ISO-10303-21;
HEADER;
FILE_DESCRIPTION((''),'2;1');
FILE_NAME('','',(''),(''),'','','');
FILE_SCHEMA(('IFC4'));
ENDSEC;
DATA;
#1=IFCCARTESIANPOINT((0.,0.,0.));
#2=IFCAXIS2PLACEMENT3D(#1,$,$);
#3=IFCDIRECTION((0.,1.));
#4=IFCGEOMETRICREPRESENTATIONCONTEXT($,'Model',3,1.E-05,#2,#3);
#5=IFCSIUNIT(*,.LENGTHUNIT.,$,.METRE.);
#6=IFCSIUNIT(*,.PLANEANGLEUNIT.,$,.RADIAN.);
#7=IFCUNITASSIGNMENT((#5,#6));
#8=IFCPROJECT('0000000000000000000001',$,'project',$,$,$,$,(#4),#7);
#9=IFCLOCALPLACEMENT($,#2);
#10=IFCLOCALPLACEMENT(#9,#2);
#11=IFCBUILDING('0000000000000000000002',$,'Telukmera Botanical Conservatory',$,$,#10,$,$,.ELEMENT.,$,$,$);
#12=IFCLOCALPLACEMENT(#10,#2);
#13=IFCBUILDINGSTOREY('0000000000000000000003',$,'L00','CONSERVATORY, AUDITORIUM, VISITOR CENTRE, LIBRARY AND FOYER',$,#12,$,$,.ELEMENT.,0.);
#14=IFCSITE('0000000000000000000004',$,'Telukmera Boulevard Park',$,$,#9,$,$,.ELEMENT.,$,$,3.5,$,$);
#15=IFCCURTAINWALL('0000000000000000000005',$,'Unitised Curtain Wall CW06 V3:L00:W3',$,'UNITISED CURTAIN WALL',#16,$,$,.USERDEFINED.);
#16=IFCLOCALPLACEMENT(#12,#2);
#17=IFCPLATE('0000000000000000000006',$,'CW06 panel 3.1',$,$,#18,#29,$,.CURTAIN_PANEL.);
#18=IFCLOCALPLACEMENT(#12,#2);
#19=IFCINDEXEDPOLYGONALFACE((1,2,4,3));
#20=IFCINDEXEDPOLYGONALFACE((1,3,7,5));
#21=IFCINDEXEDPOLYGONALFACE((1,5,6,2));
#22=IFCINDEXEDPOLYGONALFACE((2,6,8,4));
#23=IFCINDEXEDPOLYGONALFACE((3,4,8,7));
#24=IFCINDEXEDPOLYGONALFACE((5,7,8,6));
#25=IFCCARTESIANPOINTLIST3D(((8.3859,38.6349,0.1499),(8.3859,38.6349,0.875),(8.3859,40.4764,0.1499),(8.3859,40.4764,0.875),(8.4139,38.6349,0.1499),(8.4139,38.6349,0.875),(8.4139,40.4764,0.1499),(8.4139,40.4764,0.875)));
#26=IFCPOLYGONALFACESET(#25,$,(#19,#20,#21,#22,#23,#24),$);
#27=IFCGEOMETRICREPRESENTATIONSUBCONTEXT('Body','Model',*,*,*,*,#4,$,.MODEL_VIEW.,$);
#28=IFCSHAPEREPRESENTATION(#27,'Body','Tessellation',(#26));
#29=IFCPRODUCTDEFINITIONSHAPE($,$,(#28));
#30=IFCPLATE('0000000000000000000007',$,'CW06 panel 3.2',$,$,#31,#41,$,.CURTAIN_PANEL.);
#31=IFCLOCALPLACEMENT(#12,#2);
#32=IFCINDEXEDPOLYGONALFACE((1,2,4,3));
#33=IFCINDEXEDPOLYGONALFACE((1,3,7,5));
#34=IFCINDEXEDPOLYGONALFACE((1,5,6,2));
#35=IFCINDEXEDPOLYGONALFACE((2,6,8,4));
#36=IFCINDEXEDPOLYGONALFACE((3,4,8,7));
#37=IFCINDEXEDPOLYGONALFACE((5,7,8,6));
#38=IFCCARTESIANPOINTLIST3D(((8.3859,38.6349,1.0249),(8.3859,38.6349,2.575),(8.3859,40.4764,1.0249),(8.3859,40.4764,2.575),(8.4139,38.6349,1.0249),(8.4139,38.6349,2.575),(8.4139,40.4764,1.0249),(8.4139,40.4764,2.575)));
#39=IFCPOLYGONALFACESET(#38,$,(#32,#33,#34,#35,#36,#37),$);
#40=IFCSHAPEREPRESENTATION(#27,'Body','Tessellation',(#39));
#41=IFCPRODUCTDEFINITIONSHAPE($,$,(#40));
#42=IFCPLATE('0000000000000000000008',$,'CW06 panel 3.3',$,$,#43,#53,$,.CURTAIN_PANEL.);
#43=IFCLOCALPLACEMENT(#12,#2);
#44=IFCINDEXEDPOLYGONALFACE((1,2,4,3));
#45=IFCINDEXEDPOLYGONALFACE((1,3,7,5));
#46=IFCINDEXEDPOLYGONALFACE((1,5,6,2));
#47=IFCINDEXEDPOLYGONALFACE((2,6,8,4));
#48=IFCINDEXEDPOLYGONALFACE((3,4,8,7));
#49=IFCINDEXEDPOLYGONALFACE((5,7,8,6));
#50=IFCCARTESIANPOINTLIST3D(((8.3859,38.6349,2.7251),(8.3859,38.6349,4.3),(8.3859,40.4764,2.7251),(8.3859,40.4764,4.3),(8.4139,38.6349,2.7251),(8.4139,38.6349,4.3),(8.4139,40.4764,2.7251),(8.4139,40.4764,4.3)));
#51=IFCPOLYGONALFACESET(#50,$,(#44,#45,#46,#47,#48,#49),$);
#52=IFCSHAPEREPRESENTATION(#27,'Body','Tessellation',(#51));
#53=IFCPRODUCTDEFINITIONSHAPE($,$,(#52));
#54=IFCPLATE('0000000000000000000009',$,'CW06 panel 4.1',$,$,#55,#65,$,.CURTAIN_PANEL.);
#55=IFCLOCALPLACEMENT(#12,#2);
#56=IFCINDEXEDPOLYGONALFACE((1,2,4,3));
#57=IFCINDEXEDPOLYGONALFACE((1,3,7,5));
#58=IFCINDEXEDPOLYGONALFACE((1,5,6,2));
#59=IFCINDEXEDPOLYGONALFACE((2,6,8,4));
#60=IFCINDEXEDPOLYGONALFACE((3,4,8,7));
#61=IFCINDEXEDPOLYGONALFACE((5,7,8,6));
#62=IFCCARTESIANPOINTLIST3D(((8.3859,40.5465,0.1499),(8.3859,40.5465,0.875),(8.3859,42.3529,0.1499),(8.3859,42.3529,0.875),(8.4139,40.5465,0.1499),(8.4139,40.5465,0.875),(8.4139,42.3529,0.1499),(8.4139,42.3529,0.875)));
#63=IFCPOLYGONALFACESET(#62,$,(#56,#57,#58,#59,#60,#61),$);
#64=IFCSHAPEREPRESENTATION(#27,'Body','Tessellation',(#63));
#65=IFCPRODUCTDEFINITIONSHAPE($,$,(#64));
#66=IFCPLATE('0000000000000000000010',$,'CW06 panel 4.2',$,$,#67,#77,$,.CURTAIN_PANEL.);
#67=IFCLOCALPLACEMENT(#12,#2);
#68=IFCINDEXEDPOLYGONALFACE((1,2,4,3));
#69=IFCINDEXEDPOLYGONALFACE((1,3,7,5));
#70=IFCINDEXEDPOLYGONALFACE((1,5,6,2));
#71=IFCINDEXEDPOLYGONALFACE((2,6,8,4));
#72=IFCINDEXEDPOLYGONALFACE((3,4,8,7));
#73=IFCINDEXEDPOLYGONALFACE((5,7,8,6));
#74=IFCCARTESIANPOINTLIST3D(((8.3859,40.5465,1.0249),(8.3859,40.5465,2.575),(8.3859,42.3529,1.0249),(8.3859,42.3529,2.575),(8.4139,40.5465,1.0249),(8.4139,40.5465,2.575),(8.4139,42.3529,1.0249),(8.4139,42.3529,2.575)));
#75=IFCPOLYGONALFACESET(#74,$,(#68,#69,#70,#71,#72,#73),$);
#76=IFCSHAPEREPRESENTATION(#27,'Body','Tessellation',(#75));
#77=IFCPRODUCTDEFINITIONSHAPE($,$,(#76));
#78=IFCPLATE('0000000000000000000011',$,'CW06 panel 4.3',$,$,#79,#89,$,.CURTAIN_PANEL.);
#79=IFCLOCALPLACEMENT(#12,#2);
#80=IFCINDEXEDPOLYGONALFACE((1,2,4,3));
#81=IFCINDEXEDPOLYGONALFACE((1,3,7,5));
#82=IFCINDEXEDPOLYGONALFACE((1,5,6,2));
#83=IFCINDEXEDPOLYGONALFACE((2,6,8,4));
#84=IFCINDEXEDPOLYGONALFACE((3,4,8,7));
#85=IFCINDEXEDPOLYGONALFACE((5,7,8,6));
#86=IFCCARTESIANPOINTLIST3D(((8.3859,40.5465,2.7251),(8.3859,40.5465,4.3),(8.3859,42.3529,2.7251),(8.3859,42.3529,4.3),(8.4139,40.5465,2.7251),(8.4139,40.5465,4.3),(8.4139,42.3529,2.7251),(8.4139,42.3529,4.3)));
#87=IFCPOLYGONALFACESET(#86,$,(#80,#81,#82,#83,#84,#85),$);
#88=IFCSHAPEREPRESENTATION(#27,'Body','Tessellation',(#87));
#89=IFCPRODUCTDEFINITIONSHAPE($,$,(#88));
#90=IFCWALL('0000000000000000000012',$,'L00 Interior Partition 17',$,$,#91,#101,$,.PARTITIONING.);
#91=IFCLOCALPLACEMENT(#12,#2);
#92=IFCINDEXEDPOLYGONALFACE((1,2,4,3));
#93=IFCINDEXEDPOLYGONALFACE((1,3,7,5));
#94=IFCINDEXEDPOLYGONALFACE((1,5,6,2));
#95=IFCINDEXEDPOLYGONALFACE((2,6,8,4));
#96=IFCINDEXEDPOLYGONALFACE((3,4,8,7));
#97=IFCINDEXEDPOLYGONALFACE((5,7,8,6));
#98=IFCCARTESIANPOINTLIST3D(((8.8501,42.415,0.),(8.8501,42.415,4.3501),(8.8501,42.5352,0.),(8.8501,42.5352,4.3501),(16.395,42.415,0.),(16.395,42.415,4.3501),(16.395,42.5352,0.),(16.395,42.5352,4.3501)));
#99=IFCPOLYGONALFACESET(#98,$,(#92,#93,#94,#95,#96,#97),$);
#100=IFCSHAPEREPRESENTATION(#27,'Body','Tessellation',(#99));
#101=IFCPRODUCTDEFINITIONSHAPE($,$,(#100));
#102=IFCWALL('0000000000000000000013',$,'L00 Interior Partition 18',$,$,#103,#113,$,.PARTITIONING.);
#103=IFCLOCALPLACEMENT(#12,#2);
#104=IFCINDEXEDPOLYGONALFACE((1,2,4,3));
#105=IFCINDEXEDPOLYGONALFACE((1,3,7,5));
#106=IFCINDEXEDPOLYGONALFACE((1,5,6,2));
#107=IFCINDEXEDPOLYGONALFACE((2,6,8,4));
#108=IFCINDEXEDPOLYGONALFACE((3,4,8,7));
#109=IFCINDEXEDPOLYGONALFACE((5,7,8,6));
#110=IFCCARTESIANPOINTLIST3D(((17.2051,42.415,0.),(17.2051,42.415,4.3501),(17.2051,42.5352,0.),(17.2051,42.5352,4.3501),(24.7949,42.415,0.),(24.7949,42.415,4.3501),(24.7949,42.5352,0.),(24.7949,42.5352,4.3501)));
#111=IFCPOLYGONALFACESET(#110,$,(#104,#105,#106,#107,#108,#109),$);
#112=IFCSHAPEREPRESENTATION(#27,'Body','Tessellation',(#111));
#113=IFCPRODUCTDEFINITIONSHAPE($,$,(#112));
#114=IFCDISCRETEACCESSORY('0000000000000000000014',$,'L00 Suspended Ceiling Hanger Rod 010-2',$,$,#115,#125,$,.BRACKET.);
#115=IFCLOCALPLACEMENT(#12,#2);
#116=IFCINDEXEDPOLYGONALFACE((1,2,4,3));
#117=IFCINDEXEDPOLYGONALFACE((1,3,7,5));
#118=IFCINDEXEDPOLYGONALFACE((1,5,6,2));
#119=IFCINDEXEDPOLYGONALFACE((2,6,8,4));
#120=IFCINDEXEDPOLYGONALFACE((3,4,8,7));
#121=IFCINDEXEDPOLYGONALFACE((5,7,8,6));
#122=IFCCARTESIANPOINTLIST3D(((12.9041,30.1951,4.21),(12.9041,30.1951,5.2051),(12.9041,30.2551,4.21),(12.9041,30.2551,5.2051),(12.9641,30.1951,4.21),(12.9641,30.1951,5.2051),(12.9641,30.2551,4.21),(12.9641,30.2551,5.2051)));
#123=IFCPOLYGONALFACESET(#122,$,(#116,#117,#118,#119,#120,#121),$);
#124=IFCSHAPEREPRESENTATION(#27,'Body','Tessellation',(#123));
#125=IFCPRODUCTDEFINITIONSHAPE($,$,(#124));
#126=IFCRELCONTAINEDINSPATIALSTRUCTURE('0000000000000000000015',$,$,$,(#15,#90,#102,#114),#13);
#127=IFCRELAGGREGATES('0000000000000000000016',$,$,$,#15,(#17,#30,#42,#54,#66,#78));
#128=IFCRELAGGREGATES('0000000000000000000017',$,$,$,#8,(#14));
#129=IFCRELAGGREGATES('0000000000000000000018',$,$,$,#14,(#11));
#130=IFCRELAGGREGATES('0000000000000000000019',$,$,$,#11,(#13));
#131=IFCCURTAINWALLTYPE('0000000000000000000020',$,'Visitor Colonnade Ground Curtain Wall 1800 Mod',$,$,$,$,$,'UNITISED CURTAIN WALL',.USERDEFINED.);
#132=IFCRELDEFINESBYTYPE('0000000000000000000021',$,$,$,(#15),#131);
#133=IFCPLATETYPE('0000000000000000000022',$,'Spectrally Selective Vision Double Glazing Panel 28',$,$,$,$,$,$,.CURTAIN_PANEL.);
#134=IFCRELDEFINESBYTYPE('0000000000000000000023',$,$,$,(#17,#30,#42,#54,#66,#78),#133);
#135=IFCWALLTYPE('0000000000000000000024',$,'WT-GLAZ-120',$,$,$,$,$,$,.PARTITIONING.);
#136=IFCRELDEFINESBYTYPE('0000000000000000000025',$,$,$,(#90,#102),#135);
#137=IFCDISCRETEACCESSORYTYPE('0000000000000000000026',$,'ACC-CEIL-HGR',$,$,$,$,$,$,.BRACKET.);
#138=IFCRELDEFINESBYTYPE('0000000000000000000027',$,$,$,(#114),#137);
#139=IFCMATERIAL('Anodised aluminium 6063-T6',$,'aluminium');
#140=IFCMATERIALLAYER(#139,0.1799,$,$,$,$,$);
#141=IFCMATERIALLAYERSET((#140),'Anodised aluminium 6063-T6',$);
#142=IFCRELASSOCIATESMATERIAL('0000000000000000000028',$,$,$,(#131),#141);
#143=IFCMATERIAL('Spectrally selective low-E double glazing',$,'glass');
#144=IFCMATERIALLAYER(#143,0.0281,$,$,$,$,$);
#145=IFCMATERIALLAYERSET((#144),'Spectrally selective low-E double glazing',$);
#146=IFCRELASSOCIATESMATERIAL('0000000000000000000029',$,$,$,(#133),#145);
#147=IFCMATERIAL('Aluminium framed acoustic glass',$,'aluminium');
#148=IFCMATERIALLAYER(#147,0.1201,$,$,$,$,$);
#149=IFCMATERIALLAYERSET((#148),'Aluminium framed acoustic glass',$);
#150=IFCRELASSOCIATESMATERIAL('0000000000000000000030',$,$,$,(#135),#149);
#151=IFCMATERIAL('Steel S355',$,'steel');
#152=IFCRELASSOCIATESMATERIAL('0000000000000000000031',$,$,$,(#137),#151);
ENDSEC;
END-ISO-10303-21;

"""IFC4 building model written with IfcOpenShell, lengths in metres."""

from ifc_helpers import new_model, si_unit, direction, frame, frame_2d, origin, origin_2d, place, context, subcontext, project, spatial, rectangle, extrude, material, layer, layer_set, type_object, element, aggregate, save


model = new_model("IFC4")

# Units and contexts
model_context = context("Model", 3, precision=1e-05, world=origin(), true_north=direction((0.0, 1.0)))
body_context = subcontext(model_context, "Body", "Model", "MODEL_VIEW")
ifc_project = project(units=[si_unit("LENGTHUNIT", "METRE"), si_unit("PLANEANGLEUNIT", "RADIAN")], contexts=[model_context])

# Site, building, storey
site_placement = place(None, origin())
site = spatial("IfcSite", under=ifc_project, at=site_placement, Name="Telukmera Boulevard Park", CompositionType="ELEMENT", RefElevation=3.5)
building_placement = place(site_placement, origin())
building = spatial("IfcBuilding", under=site, at=building_placement, Name="Telukmera Botanical Conservatory", CompositionType="ELEMENT")
storey_placement = place(building_placement, origin())
storey = spatial("IfcBuildingStorey", under=building, at=storey_placement, Name="L00", Description="CONSERVATORY, AUDITORIUM, VISITOR CENTRE, LIBRARY AND FOYER", CompositionType="ELEMENT", Elevation=0.0)

# Shared definitions
ifc_material_1 = material(Name="Anodised aluminium 6063-T6", Category="aluminium")

# Curtain wall
ifc_layer_1 = layer(ifc_material_1, 0.1799)
ifc_layer_set_1 = layer_set([ifc_layer_1], Name="Anodised aluminium 6063-T6")
curtain_wall_type_1 = type_object("IfcCurtainWallType", Name="Visitor Colonnade Ground Curtain Wall 1800 Mod", ElementType="UNITISED CURTAIN WALL", PredefinedType="USERDEFINED", material=ifc_layer_set_1)
curtain_wall_1_placement = place(storey_placement, origin())
curtain_wall_1 = element("IfcCurtainWall", 1, at=curtain_wall_1_placement, inside=storey, type_object=curtain_wall_type_1, Name="Unitised Curtain Wall CW06 V3:L00:W3", ObjectType="UNITISED CURTAIN WALL", PredefinedType="USERDEFINED")

# Plates
ifc_material_2 = material(Name="Spectrally selective low-E double glazing", Category="glass")
ifc_layer_2 = layer(ifc_material_2, 0.0281)
ifc_layer_set_2 = layer_set([ifc_layer_2], Name="Spectrally selective low-E double glazing")
plate_type = type_object("IfcPlateType", Name="Spectrally Selective Vision Double Glazing Panel 28", PredefinedType="CURTAIN_PANEL", material=ifc_layer_set_2)
plate_1_placement = place(storey_placement, frame((8.3999, 39.5557, 0.1499), z_axis=(0.0, 0.0, 1.0), x_axis=(0.0, 1.0, 0.0)))
plate_1 = element("IfcPlate", 2, at=plate_1_placement, type_object=plate_type, Name="CW06 panel 3.1", PredefinedType="CURTAIN_PANEL", context=body_context, shape_type="SweptSolid", body=[
    extrude(rectangle(XDim=1.8416, YDim=0.0281, at=origin_2d()), origin(), (0.0, 0.0, 1.0), 0.7251),
])
plate_2_placement = place(storey_placement, frame((8.3999, 39.5557, 1.0249), z_axis=(0.0, 0.0, 1.0), x_axis=(0.0, 1.0, 0.0)))
plate_2 = element("IfcPlate", 3, at=plate_2_placement, type_object=plate_type, Name="CW06 panel 3.2", PredefinedType="CURTAIN_PANEL", context=body_context, shape_type="SweptSolid", body=[
    extrude(rectangle(XDim=1.8416, YDim=0.0281, at=origin_2d()), origin(), (0.0, 0.0, 1.0), 1.55),
])
plate_3_placement = place(storey_placement, frame((8.3999, 39.5557, 2.7251), z_axis=(0.0, 0.0, 1.0), x_axis=(0.0, 1.0, 0.0)))
plate_3 = element("IfcPlate", 4, at=plate_3_placement, type_object=plate_type, Name="CW06 panel 3.3", PredefinedType="CURTAIN_PANEL", context=body_context, shape_type="SweptSolid", body=[
    extrude(rectangle(XDim=1.8416, YDim=0.0281, at=origin_2d()), origin(), (0.0, 0.0, 1.0), 1.575),
])
plate_4_placement = place(storey_placement, frame((8.3999, 41.4497, 0.1499), z_axis=(0.0, 0.0, 1.0), x_axis=(0.0, 1.0, 0.0)))
plate_4 = element("IfcPlate", 5, at=plate_4_placement, type_object=plate_type, Name="CW06 panel 4.1", PredefinedType="CURTAIN_PANEL", context=body_context, shape_type="SweptSolid", body=[
    extrude(rectangle(XDim=1.8064, YDim=0.0281, at=origin_2d()), origin(), (0.0, 0.0, 1.0), 0.7251),
])
plate_5_placement = place(storey_placement, frame((8.3999, 41.4497, 1.0249), z_axis=(0.0, 0.0, 1.0), x_axis=(0.0, 1.0, 0.0)))
plate_5 = element("IfcPlate", 6, at=plate_5_placement, type_object=plate_type, Name="CW06 panel 4.2", PredefinedType="CURTAIN_PANEL", context=body_context, shape_type="SweptSolid", body=[
    extrude(rectangle(XDim=1.8064, YDim=0.0281, at=origin_2d()), origin(), (0.0, 0.0, 1.0), 1.55),
])
plate_6_placement = place(storey_placement, frame((8.3999, 41.4497, 2.7251), z_axis=(0.0, 0.0, 1.0), x_axis=(0.0, 1.0, 0.0)))
plate_6 = element("IfcPlate", 7, at=plate_6_placement, type_object=plate_type, Name="CW06 panel 4.3", PredefinedType="CURTAIN_PANEL", context=body_context, shape_type="SweptSolid", body=[
    extrude(rectangle(XDim=1.8064, YDim=0.0281, at=origin_2d()), origin(), (0.0, 0.0, 1.0), 1.575),
])
aggregate(curtain_wall_1, [plate_1, plate_2, plate_3, plate_4, plate_5, plate_6])

# Walls
ifc_material_3 = material(Name="Aluminium framed acoustic glass", Category="aluminium")
ifc_layer_3 = layer(ifc_material_3, 0.1201)
ifc_layer_set_3 = layer_set([ifc_layer_3], Name="Aluminium framed acoustic glass")
wall_type = type_object("IfcWallType", Name="WT-GLAZ-120", PredefinedType="PARTITIONING", material=ifc_layer_set_3)
wall_1_placement = place(storey_placement, frame((8.8501, 42.4751, 0.0), z_axis=(0.0, 0.0, 1.0), x_axis=(1.0, 0.0, 0.0)))
element("IfcWall", 8, at=wall_1_placement, inside=storey, type_object=wall_type, Name="L00 Interior Partition 17", PredefinedType="PARTITIONING", context=body_context, shape_type="SweptSolid", body=[
    extrude(rectangle(XDim=7.5449, YDim=0.1201, at=frame_2d((3.7725, 0.0))), origin(), (0.0, 0.0, 1.0), 4.3501),
])
wall_2_placement = place(storey_placement, frame((17.2051, 42.4751, 0.0), z_axis=(0.0, 0.0, 1.0), x_axis=(1.0, 0.0, 0.0)))
element("IfcWall", 9, at=wall_2_placement, inside=storey, type_object=wall_type, Name="L00 Interior Partition 18", PredefinedType="PARTITIONING", context=body_context, shape_type="SweptSolid", body=[
    extrude(rectangle(XDim=7.5898, YDim=0.1201, at=frame_2d((3.7949, 0.0))), origin(), (0.0, 0.0, 1.0), 4.3501),
])

# Discrete accessory
ifc_material_4 = material(Name="Steel S355", Category="steel")
discrete_accessory_type = type_object("IfcDiscreteAccessoryType", Name="ACC-CEIL-HGR", PredefinedType="BRACKET", material=ifc_material_4)
discrete_accessory_placement = place(storey_placement, frame((12.9341, 30.2251, 4.21), z_axis=(0.0, 0.0, 1.0), x_axis=(1.0, 0.0, 0.0)))
element("IfcDiscreteAccessory", 10, at=discrete_accessory_placement, inside=storey, type_object=discrete_accessory_type, Name="L00 Suspended Ceiling Hanger Rod 010-2", PredefinedType="BRACKET", context=body_context, shape_type="SweptSolid", body=[
    extrude(rectangle(XDim=0.0601, YDim=0.0601, at=origin_2d()), origin(), (0.0, 0.0, 1.0), 0.9951),
])

save(model, "model.ifc")
